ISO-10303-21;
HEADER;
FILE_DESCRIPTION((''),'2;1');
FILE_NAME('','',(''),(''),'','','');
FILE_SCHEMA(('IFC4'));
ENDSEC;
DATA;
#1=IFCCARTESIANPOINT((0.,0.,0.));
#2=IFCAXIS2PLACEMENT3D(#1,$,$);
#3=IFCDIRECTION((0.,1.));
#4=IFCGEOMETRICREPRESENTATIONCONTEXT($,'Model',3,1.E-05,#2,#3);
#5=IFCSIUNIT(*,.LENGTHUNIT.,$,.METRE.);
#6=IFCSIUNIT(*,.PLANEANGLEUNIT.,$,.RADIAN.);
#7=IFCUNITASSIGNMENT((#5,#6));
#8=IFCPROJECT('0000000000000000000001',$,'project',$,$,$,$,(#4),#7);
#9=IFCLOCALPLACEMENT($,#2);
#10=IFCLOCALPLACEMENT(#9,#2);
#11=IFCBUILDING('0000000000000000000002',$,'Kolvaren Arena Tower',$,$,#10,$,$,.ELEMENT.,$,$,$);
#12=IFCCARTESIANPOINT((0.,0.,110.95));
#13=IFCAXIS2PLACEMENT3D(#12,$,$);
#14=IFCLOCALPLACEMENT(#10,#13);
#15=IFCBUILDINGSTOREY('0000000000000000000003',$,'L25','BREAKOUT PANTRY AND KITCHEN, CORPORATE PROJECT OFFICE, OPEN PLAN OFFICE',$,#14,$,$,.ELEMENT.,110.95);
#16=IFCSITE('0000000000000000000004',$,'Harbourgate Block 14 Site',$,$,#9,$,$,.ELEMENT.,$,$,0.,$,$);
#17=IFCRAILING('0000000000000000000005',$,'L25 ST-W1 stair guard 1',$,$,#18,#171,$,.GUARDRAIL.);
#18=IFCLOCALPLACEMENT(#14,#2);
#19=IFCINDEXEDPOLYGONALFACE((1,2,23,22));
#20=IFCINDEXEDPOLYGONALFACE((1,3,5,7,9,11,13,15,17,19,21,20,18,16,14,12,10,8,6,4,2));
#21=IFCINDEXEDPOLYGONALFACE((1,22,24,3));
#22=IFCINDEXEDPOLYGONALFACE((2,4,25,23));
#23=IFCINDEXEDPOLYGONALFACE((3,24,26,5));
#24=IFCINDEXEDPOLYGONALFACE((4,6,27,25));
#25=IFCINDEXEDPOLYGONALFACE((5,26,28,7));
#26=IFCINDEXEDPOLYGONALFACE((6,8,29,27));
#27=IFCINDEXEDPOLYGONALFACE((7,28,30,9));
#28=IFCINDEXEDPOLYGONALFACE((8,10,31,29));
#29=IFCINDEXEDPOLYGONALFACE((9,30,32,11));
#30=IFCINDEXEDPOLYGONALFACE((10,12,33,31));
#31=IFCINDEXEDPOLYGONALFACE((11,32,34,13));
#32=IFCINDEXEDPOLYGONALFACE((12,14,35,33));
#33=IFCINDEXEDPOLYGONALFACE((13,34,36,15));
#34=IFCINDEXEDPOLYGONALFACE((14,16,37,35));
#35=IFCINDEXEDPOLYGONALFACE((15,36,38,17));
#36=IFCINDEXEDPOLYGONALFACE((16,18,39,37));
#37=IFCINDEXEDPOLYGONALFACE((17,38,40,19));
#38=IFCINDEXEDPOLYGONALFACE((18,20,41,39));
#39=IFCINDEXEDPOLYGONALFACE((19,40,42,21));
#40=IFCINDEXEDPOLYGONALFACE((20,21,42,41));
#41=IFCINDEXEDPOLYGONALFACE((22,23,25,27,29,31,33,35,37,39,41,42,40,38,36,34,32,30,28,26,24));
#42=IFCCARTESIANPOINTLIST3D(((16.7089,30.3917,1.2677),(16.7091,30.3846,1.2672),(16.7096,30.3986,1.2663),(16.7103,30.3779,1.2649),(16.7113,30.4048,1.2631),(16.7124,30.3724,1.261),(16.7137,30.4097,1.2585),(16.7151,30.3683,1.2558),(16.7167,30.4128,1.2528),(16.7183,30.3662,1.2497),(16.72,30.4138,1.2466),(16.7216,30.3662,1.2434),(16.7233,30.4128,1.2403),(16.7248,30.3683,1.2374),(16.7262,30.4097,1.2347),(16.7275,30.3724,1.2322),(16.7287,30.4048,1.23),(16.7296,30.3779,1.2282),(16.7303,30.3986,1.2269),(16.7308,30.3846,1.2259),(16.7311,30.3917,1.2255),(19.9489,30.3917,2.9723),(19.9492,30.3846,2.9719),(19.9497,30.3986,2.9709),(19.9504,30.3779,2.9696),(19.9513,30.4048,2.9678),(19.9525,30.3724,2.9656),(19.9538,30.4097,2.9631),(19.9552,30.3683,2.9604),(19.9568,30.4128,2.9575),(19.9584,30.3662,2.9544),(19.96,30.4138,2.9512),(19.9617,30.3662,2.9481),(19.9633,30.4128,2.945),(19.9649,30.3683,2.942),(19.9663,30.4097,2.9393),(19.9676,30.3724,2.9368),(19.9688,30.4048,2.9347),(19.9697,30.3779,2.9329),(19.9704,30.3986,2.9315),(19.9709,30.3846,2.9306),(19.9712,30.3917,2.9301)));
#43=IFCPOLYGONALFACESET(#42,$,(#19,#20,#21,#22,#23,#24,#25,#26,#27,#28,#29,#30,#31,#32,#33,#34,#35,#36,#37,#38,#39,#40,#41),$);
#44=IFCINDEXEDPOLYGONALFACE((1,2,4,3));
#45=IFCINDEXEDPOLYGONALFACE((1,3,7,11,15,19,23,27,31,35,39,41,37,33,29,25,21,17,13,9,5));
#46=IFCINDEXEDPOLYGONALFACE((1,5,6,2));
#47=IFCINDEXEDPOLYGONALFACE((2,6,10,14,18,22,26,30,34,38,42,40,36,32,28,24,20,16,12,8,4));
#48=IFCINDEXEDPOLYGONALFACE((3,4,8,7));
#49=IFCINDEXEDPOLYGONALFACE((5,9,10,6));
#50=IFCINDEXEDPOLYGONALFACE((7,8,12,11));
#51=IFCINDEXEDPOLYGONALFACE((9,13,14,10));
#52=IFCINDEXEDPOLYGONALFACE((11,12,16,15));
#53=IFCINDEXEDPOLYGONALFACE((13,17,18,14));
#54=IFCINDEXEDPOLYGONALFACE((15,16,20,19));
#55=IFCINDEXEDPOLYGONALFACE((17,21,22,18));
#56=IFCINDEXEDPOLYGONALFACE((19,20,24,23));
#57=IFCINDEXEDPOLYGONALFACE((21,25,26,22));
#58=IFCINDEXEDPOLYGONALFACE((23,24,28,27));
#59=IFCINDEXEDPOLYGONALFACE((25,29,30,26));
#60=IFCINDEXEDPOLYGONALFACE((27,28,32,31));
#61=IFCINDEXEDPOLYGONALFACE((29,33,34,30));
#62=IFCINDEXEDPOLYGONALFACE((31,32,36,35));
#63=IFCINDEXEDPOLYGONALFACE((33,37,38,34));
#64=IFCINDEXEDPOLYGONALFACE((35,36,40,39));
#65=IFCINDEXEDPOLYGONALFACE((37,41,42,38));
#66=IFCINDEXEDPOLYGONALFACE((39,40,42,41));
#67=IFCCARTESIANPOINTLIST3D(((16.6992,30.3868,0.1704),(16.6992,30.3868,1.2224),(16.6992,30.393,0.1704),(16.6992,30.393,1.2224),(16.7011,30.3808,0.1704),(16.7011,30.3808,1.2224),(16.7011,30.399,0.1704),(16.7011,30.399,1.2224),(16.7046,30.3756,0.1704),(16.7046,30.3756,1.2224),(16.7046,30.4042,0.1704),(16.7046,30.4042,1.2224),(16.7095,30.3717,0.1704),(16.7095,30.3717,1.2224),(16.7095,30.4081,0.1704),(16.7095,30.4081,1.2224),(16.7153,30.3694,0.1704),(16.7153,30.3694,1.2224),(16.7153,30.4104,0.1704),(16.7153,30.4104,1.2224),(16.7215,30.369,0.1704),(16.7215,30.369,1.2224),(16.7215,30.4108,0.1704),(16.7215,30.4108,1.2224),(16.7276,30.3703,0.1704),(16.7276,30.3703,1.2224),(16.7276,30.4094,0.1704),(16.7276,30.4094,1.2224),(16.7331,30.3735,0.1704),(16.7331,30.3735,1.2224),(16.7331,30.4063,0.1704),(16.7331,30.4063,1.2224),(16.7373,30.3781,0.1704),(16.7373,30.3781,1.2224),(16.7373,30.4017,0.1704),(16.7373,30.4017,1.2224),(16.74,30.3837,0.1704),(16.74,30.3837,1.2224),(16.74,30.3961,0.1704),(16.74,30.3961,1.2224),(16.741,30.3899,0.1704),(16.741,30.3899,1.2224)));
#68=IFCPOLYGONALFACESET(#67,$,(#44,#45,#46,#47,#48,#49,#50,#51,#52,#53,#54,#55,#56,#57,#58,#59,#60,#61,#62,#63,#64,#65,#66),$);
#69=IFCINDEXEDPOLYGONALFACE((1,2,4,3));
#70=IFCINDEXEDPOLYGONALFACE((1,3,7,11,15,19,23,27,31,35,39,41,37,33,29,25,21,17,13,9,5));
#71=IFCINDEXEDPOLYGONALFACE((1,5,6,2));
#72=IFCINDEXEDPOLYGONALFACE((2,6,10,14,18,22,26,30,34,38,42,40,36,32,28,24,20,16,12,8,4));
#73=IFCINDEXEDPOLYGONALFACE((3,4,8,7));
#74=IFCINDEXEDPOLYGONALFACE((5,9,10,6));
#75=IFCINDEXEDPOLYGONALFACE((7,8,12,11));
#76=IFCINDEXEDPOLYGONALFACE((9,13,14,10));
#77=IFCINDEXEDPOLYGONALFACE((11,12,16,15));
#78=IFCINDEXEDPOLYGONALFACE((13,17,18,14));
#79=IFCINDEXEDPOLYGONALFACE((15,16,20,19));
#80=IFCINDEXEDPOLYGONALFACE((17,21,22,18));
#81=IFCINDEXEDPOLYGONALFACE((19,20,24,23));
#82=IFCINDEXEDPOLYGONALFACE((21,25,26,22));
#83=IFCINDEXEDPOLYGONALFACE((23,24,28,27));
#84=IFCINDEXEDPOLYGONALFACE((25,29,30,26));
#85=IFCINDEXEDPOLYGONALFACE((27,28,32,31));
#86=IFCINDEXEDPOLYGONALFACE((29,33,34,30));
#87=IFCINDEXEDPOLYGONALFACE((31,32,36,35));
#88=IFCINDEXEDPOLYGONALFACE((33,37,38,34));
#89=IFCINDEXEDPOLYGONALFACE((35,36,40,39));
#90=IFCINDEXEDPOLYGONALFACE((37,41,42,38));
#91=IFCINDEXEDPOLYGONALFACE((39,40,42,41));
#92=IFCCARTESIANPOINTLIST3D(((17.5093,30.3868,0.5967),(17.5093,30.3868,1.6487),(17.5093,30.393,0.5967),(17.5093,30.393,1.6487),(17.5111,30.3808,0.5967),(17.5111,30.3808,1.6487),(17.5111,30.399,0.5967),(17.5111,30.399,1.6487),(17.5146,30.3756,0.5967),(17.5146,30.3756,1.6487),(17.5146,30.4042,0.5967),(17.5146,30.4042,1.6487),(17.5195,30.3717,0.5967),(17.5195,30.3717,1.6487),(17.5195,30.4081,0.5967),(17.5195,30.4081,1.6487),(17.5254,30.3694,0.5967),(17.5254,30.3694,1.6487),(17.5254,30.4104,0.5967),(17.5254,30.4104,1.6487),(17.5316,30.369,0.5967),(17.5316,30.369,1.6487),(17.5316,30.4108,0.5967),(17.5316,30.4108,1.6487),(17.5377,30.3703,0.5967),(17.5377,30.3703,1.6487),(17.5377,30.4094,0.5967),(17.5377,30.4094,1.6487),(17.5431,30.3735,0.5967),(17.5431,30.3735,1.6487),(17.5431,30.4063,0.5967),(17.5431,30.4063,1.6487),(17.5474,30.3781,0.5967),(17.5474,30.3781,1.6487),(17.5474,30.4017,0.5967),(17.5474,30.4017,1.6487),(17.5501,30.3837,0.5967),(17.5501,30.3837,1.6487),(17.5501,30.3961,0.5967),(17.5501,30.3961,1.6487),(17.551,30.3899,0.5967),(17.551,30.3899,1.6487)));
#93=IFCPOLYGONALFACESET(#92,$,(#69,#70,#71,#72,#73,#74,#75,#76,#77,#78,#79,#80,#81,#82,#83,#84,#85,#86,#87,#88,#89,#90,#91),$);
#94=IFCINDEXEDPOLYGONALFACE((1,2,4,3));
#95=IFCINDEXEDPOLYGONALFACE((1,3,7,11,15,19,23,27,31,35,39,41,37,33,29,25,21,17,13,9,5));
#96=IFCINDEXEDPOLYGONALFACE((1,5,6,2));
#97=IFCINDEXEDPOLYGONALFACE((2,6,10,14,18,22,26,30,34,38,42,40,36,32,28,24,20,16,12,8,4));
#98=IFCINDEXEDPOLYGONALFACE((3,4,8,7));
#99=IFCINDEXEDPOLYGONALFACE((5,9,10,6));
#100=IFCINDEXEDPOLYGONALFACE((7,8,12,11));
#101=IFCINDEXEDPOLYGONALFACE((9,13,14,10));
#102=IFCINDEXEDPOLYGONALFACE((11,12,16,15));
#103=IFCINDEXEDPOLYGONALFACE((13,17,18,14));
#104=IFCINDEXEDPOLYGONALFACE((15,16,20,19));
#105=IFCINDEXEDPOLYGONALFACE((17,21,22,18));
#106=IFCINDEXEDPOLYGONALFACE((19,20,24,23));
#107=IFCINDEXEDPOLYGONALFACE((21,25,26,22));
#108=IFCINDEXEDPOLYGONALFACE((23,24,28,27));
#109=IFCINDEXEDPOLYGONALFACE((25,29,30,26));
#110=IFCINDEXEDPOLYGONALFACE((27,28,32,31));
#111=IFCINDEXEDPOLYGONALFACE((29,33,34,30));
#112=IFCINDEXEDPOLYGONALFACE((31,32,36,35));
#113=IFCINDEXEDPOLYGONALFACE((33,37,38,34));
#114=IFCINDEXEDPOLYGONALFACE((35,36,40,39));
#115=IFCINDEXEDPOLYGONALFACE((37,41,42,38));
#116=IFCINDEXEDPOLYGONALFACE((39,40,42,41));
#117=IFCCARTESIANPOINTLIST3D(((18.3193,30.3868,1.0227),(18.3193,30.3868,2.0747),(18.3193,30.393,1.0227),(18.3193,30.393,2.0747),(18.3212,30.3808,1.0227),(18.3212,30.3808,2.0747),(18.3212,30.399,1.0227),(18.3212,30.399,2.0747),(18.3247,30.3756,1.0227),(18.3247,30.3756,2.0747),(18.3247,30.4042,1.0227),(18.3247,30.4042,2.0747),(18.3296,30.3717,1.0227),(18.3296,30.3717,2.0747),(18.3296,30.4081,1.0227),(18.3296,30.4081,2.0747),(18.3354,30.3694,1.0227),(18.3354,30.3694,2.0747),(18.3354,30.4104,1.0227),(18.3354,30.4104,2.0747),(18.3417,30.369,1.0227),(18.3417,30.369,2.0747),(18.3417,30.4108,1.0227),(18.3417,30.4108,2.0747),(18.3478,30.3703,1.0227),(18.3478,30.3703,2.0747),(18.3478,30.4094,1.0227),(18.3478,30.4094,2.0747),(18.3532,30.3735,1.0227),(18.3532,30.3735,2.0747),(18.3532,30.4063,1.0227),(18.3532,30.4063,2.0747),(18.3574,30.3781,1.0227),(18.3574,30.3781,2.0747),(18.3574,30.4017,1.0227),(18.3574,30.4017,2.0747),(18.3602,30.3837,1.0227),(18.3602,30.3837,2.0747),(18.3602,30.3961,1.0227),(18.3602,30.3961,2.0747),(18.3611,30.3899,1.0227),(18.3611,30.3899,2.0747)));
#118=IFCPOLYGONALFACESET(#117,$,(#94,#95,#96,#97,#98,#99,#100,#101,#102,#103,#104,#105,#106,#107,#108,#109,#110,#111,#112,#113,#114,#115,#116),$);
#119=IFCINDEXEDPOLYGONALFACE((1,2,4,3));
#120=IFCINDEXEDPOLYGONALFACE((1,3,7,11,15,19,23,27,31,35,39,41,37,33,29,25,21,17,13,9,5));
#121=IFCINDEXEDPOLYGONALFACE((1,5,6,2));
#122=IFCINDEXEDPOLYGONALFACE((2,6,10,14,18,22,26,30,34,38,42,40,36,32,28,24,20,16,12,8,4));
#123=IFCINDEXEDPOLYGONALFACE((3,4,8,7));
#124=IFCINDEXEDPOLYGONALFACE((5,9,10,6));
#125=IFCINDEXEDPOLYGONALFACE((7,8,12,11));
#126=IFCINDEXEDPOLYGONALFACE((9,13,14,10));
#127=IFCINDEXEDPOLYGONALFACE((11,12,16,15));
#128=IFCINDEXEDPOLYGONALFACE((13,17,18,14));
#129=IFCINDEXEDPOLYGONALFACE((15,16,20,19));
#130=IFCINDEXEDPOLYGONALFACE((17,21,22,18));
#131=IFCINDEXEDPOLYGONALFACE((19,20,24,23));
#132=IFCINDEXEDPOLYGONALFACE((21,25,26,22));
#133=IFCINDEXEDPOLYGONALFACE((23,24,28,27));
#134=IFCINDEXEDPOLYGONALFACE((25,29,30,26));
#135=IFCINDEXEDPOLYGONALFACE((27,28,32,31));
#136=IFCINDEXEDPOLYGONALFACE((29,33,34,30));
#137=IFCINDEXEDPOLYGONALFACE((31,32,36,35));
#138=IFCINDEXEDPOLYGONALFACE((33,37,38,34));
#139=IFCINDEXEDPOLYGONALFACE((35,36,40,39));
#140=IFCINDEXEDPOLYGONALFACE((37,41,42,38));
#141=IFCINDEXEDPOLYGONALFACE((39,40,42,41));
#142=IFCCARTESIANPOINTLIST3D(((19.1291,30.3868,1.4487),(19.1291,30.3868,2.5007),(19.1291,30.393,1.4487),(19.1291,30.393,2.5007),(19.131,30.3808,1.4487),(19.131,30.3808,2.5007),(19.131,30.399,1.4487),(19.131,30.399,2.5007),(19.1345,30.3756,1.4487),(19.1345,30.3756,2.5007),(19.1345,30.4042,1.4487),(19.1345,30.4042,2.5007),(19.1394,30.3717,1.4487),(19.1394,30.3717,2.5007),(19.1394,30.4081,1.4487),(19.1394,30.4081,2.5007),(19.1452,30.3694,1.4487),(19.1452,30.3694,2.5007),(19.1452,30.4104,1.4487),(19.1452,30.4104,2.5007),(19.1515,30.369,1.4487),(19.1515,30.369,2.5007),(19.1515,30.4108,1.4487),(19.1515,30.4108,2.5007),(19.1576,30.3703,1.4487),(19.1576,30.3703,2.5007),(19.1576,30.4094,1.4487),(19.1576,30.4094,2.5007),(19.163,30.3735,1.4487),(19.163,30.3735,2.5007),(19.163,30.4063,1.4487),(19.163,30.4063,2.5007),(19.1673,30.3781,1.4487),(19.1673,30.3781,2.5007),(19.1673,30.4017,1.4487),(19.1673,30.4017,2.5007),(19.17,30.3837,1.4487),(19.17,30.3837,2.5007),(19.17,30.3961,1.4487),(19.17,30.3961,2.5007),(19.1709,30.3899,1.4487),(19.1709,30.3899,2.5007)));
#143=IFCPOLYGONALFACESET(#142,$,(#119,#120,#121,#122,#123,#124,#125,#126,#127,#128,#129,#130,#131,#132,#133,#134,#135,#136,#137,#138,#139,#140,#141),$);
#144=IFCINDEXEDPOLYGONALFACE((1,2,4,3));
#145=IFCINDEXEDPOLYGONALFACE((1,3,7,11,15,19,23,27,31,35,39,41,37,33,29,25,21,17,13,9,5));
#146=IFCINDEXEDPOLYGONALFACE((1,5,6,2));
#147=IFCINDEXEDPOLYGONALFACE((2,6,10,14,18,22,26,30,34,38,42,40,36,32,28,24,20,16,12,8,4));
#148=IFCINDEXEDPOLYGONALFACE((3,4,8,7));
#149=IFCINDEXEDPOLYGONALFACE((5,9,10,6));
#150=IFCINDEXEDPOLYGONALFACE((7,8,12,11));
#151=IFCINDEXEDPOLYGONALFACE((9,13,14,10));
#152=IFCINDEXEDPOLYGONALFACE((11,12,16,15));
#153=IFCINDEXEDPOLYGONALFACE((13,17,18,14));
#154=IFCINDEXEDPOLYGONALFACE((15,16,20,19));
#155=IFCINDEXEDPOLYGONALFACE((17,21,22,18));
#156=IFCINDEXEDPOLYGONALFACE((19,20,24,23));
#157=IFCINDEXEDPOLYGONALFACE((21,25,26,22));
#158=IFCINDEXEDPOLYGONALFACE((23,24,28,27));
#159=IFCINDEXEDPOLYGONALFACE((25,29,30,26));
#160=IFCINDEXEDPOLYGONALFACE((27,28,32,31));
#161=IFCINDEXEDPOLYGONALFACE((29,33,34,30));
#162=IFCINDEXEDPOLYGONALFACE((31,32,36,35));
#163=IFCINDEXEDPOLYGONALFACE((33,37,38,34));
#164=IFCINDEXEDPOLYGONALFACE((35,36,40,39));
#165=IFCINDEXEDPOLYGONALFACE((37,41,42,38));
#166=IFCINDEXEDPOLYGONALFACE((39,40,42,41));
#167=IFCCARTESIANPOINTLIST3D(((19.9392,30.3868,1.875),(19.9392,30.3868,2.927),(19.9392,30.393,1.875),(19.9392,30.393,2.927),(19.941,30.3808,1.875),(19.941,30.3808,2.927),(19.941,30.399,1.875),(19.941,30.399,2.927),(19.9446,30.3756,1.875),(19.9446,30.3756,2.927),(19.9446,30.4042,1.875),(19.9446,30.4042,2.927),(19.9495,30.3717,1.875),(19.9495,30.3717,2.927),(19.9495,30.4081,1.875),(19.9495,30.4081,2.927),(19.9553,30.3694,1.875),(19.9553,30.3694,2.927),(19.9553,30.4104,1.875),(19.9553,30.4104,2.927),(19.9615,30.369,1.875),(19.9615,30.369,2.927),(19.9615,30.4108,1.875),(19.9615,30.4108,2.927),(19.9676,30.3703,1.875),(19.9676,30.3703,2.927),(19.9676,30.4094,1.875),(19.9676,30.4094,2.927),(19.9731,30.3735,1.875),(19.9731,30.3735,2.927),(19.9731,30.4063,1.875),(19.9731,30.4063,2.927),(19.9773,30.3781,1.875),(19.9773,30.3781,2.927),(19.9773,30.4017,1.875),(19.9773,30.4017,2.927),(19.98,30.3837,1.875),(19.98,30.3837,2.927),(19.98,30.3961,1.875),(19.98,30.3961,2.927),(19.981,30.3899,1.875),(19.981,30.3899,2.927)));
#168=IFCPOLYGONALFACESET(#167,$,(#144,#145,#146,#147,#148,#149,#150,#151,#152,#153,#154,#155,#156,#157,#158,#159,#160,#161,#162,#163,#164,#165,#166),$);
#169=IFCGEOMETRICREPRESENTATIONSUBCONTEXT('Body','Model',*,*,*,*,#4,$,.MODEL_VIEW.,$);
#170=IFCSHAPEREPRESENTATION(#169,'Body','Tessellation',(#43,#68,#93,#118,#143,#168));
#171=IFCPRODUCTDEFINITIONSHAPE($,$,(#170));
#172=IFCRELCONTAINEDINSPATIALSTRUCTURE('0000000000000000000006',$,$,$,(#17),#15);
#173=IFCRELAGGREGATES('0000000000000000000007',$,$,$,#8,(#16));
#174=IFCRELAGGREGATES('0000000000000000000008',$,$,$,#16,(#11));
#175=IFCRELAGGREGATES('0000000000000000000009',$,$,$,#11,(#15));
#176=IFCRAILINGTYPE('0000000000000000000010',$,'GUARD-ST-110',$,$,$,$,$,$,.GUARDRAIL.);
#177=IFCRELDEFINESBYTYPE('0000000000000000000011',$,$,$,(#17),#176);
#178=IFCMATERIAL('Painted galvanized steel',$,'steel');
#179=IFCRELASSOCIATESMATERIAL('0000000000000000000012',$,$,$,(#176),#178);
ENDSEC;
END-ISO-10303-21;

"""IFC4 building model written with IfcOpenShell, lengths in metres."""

from ifc_helpers import new_model, si_unit, direction, frame, origin, origin_2d, place, context, subcontext, project, spatial, circle, extrude, material, type_object, element, save


model = new_model("IFC4")

# Units and contexts
model_context = context("Model", 3, precision=1e-05, world=origin(), true_north=direction((0.0, 1.0)))
body_context = subcontext(model_context, "Body", "Model", "MODEL_VIEW")
ifc_project = project(units=[si_unit("LENGTHUNIT", "METRE"), si_unit("PLANEANGLEUNIT", "RADIAN")], contexts=[model_context])

# Site, building, storey
site_placement = place(None, origin())
site = spatial("IfcSite", under=ifc_project, at=site_placement, Name="Harbourgate Block 14 Site", CompositionType="ELEMENT", RefElevation=0.0)
building_placement = place(site_placement, origin())
building = spatial("IfcBuilding", under=site, at=building_placement, Name="Kolvaren Arena Tower", CompositionType="ELEMENT")
storey_placement = place(building_placement, frame((0.0, 0.0, 110.95)))
storey = spatial("IfcBuildingStorey", under=building, at=storey_placement, Name="L25", Description="BREAKOUT PANTRY AND KITCHEN, CORPORATE PROJECT OFFICE, OPEN PLAN OFFICE", CompositionType="ELEMENT", Elevation=110.95)

# Railing
ifc_material_1 = material(Name="Painted galvanized steel", Category="steel")
railing_type_1 = type_object("IfcRailingType", Name="GUARD-ST-110", PredefinedType="GUARDRAIL", material=ifc_material_1)
railing_1_placement = place(storey_placement, frame((16.72, 30.3899, 0.1704)))
element("IfcRailing", 1, at=railing_1_placement, inside=storey, type_object=railing_type_1, Name="L25 ST-W1 stair guard 1", PredefinedType="GUARDRAIL", context=body_context, shape_type="SweptSolid", body=[
    extrude(circle(Radius=0.0239, at=origin_2d()), frame((0.0, 0.0, 1.0762), z_axis=(0.884993, 0.0, 0.465604), x_axis=(0.0, 1.0, 0.0)), (0.0, 0.0, 1.0), 3.6611),
    extrude(circle(Radius=0.021, at=origin_2d()), origin(), (0.0, 0.0, 1.0), 1.052),
    extrude(circle(Radius=0.021, at=origin_2d()), frame((0.8101, 0.0, 0.4263)), (0.0, 0.0, 1.0), 1.052),
    extrude(circle(Radius=0.021, at=origin_2d()), frame((1.6201, 0.0, 0.8523)), (0.0, 0.0, 1.0), 1.052),
    extrude(circle(Radius=0.021, at=origin_2d()), frame((2.4299, 0.0, 1.2783)), (0.0, 0.0, 1.0), 1.052),
    extrude(circle(Radius=0.021, at=origin_2d()), frame((3.24, 0.0, 1.7046)), (0.0, 0.0, 1.0), 1.052),
])

save(model, "model.ifc")
